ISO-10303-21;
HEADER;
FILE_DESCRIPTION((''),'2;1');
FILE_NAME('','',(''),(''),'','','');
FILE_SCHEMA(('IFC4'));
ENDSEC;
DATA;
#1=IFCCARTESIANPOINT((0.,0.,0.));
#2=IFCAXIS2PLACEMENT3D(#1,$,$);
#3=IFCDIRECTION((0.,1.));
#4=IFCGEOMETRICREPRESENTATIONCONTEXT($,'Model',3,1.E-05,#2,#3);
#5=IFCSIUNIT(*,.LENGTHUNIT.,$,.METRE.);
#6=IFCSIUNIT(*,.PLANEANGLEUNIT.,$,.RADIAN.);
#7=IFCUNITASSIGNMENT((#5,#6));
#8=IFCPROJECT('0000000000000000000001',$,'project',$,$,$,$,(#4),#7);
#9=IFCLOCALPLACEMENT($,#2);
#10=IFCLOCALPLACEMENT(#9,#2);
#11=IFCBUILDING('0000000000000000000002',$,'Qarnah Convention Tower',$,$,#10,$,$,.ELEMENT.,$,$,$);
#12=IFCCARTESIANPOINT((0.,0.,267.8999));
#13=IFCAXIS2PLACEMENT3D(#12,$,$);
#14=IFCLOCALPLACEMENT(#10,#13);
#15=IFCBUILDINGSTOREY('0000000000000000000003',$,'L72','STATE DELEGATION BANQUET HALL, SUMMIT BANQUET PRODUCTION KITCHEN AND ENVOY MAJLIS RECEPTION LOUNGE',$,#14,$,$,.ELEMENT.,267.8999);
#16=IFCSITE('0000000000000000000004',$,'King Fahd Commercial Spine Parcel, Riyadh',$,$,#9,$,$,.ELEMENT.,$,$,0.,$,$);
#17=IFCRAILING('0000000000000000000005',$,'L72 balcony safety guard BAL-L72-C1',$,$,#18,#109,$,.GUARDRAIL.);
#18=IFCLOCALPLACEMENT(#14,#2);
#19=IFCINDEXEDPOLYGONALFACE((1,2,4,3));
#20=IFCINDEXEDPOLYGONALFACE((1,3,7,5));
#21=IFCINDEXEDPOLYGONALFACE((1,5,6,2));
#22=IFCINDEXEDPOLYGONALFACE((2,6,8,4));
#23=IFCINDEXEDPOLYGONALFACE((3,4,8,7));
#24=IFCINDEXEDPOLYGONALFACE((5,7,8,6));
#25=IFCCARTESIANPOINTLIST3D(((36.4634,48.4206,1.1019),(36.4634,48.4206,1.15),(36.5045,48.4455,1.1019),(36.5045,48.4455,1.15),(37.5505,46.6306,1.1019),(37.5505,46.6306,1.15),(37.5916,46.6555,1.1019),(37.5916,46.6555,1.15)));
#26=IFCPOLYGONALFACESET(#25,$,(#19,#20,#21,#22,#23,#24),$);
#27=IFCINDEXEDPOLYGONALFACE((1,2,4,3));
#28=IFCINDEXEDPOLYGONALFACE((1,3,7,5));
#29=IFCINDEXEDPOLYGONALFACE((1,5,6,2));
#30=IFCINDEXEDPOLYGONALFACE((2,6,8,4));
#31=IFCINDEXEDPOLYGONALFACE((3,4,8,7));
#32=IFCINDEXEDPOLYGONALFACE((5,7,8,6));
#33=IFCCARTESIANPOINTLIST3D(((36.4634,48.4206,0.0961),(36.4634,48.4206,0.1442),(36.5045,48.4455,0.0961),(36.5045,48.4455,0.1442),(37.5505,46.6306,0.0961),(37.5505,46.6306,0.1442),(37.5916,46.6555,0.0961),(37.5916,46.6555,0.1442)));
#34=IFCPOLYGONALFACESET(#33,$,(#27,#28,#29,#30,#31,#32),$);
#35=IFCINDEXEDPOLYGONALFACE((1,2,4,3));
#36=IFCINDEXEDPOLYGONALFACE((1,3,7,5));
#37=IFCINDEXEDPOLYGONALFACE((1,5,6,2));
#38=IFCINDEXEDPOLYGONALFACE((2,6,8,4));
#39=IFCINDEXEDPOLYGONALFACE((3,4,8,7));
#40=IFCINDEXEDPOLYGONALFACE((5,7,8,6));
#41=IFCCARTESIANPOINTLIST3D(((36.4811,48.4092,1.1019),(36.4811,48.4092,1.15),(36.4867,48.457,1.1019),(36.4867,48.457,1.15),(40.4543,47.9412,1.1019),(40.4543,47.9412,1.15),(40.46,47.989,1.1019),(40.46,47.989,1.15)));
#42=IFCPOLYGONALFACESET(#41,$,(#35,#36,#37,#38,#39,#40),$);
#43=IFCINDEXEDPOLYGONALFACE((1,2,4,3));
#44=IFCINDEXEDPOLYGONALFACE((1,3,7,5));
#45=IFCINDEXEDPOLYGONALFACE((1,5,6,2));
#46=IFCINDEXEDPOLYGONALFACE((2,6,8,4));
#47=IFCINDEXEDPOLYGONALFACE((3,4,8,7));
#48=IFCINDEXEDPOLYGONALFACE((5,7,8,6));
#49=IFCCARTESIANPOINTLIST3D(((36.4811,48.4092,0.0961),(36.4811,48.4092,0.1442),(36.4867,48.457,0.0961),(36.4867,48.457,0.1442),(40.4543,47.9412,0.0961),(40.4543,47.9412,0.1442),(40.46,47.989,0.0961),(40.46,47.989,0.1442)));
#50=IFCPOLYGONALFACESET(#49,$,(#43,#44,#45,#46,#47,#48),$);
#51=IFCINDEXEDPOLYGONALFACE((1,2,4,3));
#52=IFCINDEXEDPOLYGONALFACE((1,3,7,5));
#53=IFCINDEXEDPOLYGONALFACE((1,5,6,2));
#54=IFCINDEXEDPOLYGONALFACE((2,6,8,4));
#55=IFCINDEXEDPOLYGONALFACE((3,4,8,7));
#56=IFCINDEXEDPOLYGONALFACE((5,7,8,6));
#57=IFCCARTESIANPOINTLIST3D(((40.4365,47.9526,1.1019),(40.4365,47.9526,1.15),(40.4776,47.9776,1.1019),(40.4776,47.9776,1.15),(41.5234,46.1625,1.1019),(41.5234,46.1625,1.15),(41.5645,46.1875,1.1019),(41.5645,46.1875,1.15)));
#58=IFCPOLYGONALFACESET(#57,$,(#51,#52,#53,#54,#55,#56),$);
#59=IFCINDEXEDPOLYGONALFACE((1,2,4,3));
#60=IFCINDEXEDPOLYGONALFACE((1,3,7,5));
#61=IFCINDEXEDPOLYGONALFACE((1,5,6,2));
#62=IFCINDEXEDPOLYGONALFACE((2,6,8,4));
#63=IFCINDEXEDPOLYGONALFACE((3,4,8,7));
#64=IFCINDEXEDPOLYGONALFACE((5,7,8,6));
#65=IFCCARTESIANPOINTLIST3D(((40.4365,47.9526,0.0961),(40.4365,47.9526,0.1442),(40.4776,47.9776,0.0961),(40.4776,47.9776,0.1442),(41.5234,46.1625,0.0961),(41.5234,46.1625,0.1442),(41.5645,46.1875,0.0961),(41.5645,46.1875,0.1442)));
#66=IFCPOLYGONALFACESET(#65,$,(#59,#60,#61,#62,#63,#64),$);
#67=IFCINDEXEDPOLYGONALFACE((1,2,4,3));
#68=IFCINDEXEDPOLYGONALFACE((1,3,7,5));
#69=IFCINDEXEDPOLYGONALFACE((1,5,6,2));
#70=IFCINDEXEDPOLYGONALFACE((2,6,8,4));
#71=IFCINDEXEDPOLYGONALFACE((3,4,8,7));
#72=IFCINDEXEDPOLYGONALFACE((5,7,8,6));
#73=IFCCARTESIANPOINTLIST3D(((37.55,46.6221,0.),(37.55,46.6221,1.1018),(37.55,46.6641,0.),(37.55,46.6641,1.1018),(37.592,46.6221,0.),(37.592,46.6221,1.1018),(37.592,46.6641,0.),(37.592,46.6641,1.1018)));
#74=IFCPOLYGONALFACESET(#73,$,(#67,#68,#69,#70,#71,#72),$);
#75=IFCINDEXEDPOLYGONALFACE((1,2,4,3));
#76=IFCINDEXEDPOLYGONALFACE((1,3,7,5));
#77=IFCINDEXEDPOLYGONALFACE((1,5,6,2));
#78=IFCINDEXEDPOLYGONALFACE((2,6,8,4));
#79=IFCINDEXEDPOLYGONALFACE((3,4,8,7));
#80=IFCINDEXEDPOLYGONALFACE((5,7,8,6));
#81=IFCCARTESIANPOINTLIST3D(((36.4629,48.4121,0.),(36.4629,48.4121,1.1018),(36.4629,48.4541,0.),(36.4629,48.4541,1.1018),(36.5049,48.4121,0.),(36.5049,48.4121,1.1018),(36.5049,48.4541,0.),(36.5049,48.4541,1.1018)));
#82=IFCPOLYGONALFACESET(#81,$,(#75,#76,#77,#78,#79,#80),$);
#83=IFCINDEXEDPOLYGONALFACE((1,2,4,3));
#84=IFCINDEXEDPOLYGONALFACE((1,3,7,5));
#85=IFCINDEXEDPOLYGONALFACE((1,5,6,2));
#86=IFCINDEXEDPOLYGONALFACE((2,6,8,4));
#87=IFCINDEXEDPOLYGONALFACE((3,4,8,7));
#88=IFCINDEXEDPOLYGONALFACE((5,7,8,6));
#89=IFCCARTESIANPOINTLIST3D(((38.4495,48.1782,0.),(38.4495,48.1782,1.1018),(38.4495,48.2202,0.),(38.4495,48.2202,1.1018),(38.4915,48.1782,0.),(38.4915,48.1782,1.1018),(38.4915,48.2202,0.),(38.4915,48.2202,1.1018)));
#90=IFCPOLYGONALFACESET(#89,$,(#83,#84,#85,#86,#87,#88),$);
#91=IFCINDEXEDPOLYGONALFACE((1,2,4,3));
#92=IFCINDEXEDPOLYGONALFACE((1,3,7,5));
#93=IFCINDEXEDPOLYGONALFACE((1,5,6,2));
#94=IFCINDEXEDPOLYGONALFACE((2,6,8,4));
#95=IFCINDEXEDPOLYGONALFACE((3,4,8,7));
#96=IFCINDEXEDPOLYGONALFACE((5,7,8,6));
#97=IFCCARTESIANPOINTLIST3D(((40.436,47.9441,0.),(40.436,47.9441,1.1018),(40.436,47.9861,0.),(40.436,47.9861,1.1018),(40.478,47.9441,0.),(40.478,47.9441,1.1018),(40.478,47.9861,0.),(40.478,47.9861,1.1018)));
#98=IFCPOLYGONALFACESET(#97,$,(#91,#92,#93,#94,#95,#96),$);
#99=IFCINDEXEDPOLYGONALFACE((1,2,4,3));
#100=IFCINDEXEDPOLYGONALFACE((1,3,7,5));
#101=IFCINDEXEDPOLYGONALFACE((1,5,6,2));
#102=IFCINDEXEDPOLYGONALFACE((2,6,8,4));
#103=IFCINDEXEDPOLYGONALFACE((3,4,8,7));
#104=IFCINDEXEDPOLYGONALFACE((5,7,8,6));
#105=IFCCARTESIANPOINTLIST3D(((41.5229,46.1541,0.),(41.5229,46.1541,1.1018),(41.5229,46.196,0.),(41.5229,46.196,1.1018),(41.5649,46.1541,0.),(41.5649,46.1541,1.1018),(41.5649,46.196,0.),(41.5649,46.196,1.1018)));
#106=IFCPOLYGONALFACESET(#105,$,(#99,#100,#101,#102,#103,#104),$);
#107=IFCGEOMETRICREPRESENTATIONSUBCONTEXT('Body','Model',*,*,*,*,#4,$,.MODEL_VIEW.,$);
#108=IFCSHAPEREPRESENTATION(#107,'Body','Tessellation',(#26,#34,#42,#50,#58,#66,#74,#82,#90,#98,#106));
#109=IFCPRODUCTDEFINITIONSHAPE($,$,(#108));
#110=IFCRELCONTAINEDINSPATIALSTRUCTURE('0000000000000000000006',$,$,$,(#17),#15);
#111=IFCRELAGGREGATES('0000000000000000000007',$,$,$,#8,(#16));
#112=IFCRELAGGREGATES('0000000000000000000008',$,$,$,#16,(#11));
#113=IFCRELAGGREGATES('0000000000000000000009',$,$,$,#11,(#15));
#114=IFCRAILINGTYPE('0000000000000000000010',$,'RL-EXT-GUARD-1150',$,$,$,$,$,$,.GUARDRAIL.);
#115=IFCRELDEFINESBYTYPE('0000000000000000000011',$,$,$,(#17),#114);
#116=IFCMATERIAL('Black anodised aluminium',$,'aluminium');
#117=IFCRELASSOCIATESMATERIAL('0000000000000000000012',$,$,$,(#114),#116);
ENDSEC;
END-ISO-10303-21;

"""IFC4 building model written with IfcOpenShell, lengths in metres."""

from ifc_helpers import new_model, si_unit, direction, frame, origin, origin_2d, place, context, subcontext, project, spatial, rectangle, extrude, material, type_object, element, save


model = new_model("IFC4")

# Units and contexts
model_context = context("Model", 3, precision=1e-05, world=origin(), true_north=direction((0.0, 1.0)))
body_context = subcontext(model_context, "Body", "Model", "MODEL_VIEW")
ifc_project = project(units=[si_unit("LENGTHUNIT", "METRE"), si_unit("PLANEANGLEUNIT", "RADIAN")], contexts=[model_context])

# Site, building, storey
site_placement = place(None, origin())
site = spatial("IfcSite", under=ifc_project, at=site_placement, Name="King Fahd Commercial Spine Parcel, Riyadh", CompositionType="ELEMENT", RefElevation=0.0)
building_placement = place(site_placement, origin())
building = spatial("IfcBuilding", under=site, at=building_placement, Name="Qarnah Convention Tower", CompositionType="ELEMENT")
storey_placement = place(building_placement, frame((0.0, 0.0, 267.8999)))
storey = spatial("IfcBuildingStorey", under=building, at=storey_placement, Name="L72", Description="STATE DELEGATION BANQUET HALL, SUMMIT BANQUET PRODUCTION KITCHEN AND ENVOY MAJLIS RECEPTION LOUNGE", CompositionType="ELEMENT", Elevation=267.8999)

# Shared definitions
ifc_material_1 = material(Name="Black anodised aluminium", Category="aluminium")

# Railing
railing_type = type_object("IfcRailingType", Name="RL-EXT-GUARD-1150", PredefinedType="GUARDRAIL", material=ifc_material_1)
railing_1_placement = place(storey_placement, frame((37.571, 46.6431, 0.0)))
element("IfcRailing", 1, at=railing_1_placement, inside=storey, type_object=railing_type, Name="L72 balcony safety guard BAL-L72-C1", PredefinedType="GUARDRAIL", context=body_context, shape_type="SweptSolid", body=[
    extrude(rectangle(XDim=0.0481, YDim=0.0481, at=origin_2d()), frame((0.0, 0.0, 1.126), z_axis=(-0.5191, 0.854714, 0.0), x_axis=(-0.854714, -0.5191, 0.0)), (0.0, 0.0, 1.0), 2.0942),
    extrude(rectangle(XDim=0.0481, YDim=0.0481, at=origin_2d()), frame((0.0, 0.0, 0.1201), z_axis=(-0.5191, 0.854714, 0.0), x_axis=(-0.854714, -0.5191, 0.0)), (0.0, 0.0, 1.0), 2.0942),
    extrude(rectangle(XDim=0.0481, YDim=0.0481, at=origin_2d()), frame((-1.0872, 1.79, 1.126), z_axis=(0.993134, -0.116986, 0.0), x_axis=(0.116986, 0.993134, 0.0)), (0.0, 0.0, 1.0), 4.0007),
    extrude(rectangle(XDim=0.0481, YDim=0.0481, at=origin_2d()), frame((-1.0872, 1.79, 0.1201), z_axis=(0.993134, -0.116986, 0.0), x_axis=(0.116986, 0.993134, 0.0)), (0.0, 0.0, 1.0), 4.0007),
    extrude(rectangle(XDim=0.0481, YDim=0.0481, at=origin_2d()), frame((2.886, 1.322, 1.126), z_axis=(0.519015, -0.854765, 0.0), x_axis=(0.854765, 0.519015, 0.0)), (0.0, 0.0, 1.0), 2.0942),
    extrude(rectangle(XDim=0.0481, YDim=0.0481, at=origin_2d()), frame((2.886, 1.322, 0.1201), z_axis=(0.519015, -0.854765, 0.0), x_axis=(0.854765, 0.519015, 0.0)), (0.0, 0.0, 1.0), 2.0942),
    extrude(rectangle(XDim=0.042, YDim=0.042, at=origin_2d()), origin(), (0.0, 0.0, 1.0), 1.1018),
    extrude(rectangle(XDim=0.042, YDim=0.042, at=origin_2d()), frame((-1.0872, 1.79, 0.0)), (0.0, 0.0, 1.0), 1.1018),
    extrude(rectangle(XDim=0.042, YDim=0.042, at=origin_2d()), frame((0.8994, 1.5562, 0.0)), (0.0, 0.0, 1.0), 1.1018),
    extrude(rectangle(XDim=0.042, YDim=0.042, at=origin_2d()), frame((2.886, 1.322, 0.0)), (0.0, 0.0, 1.0), 1.1018),
    extrude(rectangle(XDim=0.042, YDim=0.042, at=origin_2d()), frame((3.9729, -0.468, 0.0)), (0.0, 0.0, 1.0), 1.1018),
])

save(model, "model.ifc")
